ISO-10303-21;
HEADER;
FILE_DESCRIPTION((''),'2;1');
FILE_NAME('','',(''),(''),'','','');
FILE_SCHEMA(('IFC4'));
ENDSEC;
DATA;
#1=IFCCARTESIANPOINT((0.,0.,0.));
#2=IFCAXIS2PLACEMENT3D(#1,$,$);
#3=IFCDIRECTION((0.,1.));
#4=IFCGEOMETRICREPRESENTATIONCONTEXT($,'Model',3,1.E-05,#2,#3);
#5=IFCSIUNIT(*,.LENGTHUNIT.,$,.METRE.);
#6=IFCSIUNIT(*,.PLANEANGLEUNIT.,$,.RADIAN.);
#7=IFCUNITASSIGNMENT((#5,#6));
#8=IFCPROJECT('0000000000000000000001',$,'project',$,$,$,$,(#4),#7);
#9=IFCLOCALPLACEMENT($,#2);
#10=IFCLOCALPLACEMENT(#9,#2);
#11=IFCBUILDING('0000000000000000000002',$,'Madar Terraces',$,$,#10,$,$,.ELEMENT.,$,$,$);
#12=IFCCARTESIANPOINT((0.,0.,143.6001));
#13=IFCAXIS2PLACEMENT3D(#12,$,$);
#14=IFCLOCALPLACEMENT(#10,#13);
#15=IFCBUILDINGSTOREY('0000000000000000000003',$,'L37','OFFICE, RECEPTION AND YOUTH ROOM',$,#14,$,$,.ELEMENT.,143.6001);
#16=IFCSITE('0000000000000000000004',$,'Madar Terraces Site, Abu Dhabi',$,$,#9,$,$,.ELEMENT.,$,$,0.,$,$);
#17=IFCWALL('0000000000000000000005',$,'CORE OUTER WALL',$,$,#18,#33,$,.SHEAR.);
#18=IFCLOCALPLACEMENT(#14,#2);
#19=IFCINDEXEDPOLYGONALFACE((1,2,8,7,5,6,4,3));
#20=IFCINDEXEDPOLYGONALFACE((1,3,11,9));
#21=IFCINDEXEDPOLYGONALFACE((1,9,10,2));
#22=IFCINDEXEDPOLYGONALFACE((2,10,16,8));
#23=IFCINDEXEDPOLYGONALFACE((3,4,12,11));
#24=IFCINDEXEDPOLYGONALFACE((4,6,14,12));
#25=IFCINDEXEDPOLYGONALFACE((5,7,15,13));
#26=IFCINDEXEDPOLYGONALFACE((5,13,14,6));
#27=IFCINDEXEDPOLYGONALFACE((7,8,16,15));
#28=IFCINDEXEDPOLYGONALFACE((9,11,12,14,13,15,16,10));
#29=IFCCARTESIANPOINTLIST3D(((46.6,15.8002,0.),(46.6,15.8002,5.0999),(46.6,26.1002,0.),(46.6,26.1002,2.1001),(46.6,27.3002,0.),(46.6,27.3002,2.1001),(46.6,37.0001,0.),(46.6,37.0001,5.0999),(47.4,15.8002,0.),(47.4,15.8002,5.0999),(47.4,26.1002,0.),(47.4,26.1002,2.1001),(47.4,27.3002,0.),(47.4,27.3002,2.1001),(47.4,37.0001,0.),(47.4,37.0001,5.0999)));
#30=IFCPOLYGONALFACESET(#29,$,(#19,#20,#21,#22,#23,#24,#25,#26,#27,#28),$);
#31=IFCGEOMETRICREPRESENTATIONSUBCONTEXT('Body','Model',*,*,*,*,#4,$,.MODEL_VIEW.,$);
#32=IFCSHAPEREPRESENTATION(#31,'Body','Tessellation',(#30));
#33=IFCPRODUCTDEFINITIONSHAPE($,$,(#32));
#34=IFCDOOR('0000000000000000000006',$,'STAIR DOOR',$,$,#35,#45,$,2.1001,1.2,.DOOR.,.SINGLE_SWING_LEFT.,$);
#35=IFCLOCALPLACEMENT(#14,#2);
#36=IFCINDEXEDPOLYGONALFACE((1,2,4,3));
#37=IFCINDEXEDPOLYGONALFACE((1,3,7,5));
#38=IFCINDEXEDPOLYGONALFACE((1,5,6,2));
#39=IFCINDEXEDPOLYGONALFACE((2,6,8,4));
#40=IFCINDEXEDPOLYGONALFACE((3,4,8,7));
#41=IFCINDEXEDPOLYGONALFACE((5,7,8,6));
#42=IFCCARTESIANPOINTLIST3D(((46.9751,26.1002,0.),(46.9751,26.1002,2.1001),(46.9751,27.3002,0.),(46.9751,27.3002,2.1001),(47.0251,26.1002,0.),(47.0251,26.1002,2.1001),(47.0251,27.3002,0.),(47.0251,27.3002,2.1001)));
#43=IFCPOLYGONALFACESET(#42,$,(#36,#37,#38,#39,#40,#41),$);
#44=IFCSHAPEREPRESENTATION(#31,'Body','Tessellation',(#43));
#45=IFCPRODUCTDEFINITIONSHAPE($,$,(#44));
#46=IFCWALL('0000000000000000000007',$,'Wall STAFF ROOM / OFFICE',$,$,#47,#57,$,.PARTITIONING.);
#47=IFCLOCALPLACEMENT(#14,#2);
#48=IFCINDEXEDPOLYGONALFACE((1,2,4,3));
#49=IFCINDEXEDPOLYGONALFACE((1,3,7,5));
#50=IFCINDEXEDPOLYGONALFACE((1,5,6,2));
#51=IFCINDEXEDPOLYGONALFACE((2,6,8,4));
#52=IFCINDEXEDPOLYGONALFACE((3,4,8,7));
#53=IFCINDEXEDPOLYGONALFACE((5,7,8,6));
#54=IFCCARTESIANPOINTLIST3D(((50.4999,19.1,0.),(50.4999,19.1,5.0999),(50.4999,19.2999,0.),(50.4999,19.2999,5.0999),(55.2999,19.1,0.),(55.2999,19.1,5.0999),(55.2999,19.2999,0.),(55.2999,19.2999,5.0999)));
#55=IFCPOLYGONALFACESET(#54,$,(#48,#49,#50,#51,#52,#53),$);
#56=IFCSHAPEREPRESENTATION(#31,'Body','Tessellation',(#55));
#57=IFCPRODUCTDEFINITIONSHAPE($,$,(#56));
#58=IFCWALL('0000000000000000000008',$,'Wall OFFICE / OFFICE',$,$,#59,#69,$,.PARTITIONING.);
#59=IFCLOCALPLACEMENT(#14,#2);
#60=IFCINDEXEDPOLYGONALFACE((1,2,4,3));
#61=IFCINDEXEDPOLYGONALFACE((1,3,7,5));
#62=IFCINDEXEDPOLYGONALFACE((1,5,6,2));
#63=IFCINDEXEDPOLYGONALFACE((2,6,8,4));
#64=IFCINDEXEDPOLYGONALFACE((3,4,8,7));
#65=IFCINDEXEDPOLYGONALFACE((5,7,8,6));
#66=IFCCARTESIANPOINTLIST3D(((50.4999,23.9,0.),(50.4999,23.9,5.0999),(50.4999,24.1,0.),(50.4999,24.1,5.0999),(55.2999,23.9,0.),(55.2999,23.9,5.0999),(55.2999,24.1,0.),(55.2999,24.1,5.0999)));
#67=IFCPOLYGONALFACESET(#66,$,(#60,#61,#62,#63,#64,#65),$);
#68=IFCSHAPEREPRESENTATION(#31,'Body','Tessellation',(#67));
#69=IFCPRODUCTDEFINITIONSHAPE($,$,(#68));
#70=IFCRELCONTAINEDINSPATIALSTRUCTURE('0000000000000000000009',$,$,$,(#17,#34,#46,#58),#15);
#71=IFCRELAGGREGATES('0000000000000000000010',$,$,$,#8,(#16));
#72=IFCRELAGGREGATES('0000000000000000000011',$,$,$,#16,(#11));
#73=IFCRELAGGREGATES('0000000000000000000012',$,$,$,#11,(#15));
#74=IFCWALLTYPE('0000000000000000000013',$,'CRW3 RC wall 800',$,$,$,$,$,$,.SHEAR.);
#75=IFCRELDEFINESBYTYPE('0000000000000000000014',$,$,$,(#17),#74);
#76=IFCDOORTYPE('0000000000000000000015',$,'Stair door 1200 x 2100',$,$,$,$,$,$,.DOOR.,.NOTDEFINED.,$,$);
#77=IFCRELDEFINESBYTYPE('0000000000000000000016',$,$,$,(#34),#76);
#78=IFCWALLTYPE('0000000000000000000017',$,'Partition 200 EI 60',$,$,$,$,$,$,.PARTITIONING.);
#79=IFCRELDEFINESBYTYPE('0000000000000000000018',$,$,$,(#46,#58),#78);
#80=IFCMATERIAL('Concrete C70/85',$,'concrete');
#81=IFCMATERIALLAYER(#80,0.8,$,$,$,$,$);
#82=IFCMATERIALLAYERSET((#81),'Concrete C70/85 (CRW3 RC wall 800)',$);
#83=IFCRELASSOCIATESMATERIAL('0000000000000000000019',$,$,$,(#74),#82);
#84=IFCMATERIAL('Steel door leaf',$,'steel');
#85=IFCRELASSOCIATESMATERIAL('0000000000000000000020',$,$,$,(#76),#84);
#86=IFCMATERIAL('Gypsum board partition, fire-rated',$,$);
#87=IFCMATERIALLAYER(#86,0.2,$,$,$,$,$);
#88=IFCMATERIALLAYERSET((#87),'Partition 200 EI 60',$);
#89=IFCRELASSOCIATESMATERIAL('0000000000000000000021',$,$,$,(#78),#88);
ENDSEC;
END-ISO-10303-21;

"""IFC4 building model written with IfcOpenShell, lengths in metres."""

from ifc_helpers import new_model, si_unit, direction, frame, frame_2d, origin, place, context, subcontext, project, spatial, rectangle, extrude, material, layer, layer_set, type_object, element, fill, save


model = new_model("IFC4")

# Units and contexts
model_context = context("Model", 3, precision=1e-05, world=origin(), true_north=direction((0.0, 1.0)))
body_context = subcontext(model_context, "Body", "Model", "MODEL_VIEW")
ifc_project = project(units=[si_unit("LENGTHUNIT", "METRE"), si_unit("PLANEANGLEUNIT", "RADIAN")], contexts=[model_context])

# Site, building, storey
site_placement = place(None, origin())
site = spatial("IfcSite", under=ifc_project, at=site_placement, Name="Madar Terraces Site, Abu Dhabi", CompositionType="ELEMENT", RefElevation=0.0)
building_placement = place(site_placement, origin())
building = spatial("IfcBuilding", under=site, at=building_placement, Name="Madar Terraces", CompositionType="ELEMENT")
storey_placement = place(building_placement, frame((0.0, 0.0, 143.6001)))
storey = spatial("IfcBuildingStorey", under=building, at=storey_placement, Name="L37", Description="OFFICE, RECEPTION AND YOUTH ROOM", CompositionType="ELEMENT", Elevation=143.6001)

# Wall, opening, door
ifc_material_1 = material(Name="Concrete C70/85", Category="concrete")
ifc_layer_1 = layer(ifc_material_1, 0.8)
ifc_layer_set_1 = layer_set([ifc_layer_1], Name="Concrete C70/85 (CRW3 RC wall 800)")
wall_type_1 = type_object("IfcWallType", Name="CRW3 RC wall 800", PredefinedType="SHEAR", material=ifc_layer_set_1)
wall_placement = place(storey_placement, frame((47.0, 15.8, 0.0), z_axis=(0.0, 0.0, 1.0), x_axis=(0.0, 1.0, 0.0)))
wall = element("IfcWall", 1, at=wall_placement, inside=storey, type_object=wall_type_1, Name="CORE OUTER WALL", PredefinedType="SHEAR", context=body_context, shape_type="SweptSolid", body=[
    extrude(rectangle(XDim=21.2, YDim=0.8, at=frame_2d((10.6001, 0.0))), origin(), (0.0, 0.0, 1.0), 5.0999),
])
opening_placement = place(wall_placement, frame((10.3, 0.0, 0.0)))
opening = element("IfcOpeningElement", 2, at=opening_placement, cuts=wall, PredefinedType="OPENING", context=body_context, shape_type="SweptSolid", body=[
    extrude(rectangle(XDim=1.2, YDim=2.1001, at=frame_2d((0.6001, 1.05))), frame((0.0, 0.4099, 0.0), z_axis=(0.0, -1.0, 0.0), x_axis=(1.0, 0.0, 0.0)), (0.0, 0.0, 1.0), 0.8201),
])
ifc_material_2 = material(Name="Steel door leaf", Category="steel")
door_type = type_object("IfcDoorType", Name="Stair door 1200 x 2100", OperationType="NOTDEFINED", PredefinedType="DOOR", material=ifc_material_2)
door_placement = place(opening_placement, origin())
door = element("IfcDoor", 3, at=door_placement, inside=storey, type_object=door_type, Name="STAIR DOOR", OperationType="SINGLE_SWING_LEFT", OverallHeight=2.1001, OverallWidth=1.2, PredefinedType="DOOR", context=body_context, shape_type="SweptSolid", body=[
    extrude(rectangle(XDim=1.2, YDim=2.1001, at=frame_2d((0.6001, 1.05))), frame((0.0, 0.0249, 0.0), z_axis=(0.0, -1.0, 0.0), x_axis=(1.0, 0.0, 0.0)), (0.0, 0.0, 1.0), 0.05),
])
fill(opening, door)

# Walls
ifc_material_3 = material(Name="Gypsum board partition, fire-rated")
ifc_layer_2 = layer(ifc_material_3, 0.2)
ifc_layer_set_2 = layer_set([ifc_layer_2], Name="Partition 200 EI 60")
wall_type_2 = type_object("IfcWallType", Name="Partition 200 EI 60", PredefinedType="PARTITIONING", material=ifc_layer_set_2)
for number, where, z_axis, x_axis, name in (
    (4, (50.5, 19.2, 0.0), (0.0, 0.0, 1.0), (1.0, 0.0, 0.0), "Wall STAFF ROOM / OFFICE"),
    (5, (50.5, 24.0, 0.0), (0.0, 0.0, 1.0), (1.0, 0.0, 0.0), "Wall OFFICE / OFFICE"),
):
    element("IfcWall", number, at=place(storey_placement, frame(where, z_axis=z_axis, x_axis=x_axis)), inside=storey, type_object=wall_type_2, Name=name, PredefinedType="PARTITIONING", context=body_context, shape_type="SweptSolid", body=[
        extrude(rectangle(XDim=4.8, YDim=0.2, at=frame_2d((2.3999, 0.0))), origin(), (0.0, 0.0, 1.0), 5.0999),
    ])

save(model, "model.ifc")
